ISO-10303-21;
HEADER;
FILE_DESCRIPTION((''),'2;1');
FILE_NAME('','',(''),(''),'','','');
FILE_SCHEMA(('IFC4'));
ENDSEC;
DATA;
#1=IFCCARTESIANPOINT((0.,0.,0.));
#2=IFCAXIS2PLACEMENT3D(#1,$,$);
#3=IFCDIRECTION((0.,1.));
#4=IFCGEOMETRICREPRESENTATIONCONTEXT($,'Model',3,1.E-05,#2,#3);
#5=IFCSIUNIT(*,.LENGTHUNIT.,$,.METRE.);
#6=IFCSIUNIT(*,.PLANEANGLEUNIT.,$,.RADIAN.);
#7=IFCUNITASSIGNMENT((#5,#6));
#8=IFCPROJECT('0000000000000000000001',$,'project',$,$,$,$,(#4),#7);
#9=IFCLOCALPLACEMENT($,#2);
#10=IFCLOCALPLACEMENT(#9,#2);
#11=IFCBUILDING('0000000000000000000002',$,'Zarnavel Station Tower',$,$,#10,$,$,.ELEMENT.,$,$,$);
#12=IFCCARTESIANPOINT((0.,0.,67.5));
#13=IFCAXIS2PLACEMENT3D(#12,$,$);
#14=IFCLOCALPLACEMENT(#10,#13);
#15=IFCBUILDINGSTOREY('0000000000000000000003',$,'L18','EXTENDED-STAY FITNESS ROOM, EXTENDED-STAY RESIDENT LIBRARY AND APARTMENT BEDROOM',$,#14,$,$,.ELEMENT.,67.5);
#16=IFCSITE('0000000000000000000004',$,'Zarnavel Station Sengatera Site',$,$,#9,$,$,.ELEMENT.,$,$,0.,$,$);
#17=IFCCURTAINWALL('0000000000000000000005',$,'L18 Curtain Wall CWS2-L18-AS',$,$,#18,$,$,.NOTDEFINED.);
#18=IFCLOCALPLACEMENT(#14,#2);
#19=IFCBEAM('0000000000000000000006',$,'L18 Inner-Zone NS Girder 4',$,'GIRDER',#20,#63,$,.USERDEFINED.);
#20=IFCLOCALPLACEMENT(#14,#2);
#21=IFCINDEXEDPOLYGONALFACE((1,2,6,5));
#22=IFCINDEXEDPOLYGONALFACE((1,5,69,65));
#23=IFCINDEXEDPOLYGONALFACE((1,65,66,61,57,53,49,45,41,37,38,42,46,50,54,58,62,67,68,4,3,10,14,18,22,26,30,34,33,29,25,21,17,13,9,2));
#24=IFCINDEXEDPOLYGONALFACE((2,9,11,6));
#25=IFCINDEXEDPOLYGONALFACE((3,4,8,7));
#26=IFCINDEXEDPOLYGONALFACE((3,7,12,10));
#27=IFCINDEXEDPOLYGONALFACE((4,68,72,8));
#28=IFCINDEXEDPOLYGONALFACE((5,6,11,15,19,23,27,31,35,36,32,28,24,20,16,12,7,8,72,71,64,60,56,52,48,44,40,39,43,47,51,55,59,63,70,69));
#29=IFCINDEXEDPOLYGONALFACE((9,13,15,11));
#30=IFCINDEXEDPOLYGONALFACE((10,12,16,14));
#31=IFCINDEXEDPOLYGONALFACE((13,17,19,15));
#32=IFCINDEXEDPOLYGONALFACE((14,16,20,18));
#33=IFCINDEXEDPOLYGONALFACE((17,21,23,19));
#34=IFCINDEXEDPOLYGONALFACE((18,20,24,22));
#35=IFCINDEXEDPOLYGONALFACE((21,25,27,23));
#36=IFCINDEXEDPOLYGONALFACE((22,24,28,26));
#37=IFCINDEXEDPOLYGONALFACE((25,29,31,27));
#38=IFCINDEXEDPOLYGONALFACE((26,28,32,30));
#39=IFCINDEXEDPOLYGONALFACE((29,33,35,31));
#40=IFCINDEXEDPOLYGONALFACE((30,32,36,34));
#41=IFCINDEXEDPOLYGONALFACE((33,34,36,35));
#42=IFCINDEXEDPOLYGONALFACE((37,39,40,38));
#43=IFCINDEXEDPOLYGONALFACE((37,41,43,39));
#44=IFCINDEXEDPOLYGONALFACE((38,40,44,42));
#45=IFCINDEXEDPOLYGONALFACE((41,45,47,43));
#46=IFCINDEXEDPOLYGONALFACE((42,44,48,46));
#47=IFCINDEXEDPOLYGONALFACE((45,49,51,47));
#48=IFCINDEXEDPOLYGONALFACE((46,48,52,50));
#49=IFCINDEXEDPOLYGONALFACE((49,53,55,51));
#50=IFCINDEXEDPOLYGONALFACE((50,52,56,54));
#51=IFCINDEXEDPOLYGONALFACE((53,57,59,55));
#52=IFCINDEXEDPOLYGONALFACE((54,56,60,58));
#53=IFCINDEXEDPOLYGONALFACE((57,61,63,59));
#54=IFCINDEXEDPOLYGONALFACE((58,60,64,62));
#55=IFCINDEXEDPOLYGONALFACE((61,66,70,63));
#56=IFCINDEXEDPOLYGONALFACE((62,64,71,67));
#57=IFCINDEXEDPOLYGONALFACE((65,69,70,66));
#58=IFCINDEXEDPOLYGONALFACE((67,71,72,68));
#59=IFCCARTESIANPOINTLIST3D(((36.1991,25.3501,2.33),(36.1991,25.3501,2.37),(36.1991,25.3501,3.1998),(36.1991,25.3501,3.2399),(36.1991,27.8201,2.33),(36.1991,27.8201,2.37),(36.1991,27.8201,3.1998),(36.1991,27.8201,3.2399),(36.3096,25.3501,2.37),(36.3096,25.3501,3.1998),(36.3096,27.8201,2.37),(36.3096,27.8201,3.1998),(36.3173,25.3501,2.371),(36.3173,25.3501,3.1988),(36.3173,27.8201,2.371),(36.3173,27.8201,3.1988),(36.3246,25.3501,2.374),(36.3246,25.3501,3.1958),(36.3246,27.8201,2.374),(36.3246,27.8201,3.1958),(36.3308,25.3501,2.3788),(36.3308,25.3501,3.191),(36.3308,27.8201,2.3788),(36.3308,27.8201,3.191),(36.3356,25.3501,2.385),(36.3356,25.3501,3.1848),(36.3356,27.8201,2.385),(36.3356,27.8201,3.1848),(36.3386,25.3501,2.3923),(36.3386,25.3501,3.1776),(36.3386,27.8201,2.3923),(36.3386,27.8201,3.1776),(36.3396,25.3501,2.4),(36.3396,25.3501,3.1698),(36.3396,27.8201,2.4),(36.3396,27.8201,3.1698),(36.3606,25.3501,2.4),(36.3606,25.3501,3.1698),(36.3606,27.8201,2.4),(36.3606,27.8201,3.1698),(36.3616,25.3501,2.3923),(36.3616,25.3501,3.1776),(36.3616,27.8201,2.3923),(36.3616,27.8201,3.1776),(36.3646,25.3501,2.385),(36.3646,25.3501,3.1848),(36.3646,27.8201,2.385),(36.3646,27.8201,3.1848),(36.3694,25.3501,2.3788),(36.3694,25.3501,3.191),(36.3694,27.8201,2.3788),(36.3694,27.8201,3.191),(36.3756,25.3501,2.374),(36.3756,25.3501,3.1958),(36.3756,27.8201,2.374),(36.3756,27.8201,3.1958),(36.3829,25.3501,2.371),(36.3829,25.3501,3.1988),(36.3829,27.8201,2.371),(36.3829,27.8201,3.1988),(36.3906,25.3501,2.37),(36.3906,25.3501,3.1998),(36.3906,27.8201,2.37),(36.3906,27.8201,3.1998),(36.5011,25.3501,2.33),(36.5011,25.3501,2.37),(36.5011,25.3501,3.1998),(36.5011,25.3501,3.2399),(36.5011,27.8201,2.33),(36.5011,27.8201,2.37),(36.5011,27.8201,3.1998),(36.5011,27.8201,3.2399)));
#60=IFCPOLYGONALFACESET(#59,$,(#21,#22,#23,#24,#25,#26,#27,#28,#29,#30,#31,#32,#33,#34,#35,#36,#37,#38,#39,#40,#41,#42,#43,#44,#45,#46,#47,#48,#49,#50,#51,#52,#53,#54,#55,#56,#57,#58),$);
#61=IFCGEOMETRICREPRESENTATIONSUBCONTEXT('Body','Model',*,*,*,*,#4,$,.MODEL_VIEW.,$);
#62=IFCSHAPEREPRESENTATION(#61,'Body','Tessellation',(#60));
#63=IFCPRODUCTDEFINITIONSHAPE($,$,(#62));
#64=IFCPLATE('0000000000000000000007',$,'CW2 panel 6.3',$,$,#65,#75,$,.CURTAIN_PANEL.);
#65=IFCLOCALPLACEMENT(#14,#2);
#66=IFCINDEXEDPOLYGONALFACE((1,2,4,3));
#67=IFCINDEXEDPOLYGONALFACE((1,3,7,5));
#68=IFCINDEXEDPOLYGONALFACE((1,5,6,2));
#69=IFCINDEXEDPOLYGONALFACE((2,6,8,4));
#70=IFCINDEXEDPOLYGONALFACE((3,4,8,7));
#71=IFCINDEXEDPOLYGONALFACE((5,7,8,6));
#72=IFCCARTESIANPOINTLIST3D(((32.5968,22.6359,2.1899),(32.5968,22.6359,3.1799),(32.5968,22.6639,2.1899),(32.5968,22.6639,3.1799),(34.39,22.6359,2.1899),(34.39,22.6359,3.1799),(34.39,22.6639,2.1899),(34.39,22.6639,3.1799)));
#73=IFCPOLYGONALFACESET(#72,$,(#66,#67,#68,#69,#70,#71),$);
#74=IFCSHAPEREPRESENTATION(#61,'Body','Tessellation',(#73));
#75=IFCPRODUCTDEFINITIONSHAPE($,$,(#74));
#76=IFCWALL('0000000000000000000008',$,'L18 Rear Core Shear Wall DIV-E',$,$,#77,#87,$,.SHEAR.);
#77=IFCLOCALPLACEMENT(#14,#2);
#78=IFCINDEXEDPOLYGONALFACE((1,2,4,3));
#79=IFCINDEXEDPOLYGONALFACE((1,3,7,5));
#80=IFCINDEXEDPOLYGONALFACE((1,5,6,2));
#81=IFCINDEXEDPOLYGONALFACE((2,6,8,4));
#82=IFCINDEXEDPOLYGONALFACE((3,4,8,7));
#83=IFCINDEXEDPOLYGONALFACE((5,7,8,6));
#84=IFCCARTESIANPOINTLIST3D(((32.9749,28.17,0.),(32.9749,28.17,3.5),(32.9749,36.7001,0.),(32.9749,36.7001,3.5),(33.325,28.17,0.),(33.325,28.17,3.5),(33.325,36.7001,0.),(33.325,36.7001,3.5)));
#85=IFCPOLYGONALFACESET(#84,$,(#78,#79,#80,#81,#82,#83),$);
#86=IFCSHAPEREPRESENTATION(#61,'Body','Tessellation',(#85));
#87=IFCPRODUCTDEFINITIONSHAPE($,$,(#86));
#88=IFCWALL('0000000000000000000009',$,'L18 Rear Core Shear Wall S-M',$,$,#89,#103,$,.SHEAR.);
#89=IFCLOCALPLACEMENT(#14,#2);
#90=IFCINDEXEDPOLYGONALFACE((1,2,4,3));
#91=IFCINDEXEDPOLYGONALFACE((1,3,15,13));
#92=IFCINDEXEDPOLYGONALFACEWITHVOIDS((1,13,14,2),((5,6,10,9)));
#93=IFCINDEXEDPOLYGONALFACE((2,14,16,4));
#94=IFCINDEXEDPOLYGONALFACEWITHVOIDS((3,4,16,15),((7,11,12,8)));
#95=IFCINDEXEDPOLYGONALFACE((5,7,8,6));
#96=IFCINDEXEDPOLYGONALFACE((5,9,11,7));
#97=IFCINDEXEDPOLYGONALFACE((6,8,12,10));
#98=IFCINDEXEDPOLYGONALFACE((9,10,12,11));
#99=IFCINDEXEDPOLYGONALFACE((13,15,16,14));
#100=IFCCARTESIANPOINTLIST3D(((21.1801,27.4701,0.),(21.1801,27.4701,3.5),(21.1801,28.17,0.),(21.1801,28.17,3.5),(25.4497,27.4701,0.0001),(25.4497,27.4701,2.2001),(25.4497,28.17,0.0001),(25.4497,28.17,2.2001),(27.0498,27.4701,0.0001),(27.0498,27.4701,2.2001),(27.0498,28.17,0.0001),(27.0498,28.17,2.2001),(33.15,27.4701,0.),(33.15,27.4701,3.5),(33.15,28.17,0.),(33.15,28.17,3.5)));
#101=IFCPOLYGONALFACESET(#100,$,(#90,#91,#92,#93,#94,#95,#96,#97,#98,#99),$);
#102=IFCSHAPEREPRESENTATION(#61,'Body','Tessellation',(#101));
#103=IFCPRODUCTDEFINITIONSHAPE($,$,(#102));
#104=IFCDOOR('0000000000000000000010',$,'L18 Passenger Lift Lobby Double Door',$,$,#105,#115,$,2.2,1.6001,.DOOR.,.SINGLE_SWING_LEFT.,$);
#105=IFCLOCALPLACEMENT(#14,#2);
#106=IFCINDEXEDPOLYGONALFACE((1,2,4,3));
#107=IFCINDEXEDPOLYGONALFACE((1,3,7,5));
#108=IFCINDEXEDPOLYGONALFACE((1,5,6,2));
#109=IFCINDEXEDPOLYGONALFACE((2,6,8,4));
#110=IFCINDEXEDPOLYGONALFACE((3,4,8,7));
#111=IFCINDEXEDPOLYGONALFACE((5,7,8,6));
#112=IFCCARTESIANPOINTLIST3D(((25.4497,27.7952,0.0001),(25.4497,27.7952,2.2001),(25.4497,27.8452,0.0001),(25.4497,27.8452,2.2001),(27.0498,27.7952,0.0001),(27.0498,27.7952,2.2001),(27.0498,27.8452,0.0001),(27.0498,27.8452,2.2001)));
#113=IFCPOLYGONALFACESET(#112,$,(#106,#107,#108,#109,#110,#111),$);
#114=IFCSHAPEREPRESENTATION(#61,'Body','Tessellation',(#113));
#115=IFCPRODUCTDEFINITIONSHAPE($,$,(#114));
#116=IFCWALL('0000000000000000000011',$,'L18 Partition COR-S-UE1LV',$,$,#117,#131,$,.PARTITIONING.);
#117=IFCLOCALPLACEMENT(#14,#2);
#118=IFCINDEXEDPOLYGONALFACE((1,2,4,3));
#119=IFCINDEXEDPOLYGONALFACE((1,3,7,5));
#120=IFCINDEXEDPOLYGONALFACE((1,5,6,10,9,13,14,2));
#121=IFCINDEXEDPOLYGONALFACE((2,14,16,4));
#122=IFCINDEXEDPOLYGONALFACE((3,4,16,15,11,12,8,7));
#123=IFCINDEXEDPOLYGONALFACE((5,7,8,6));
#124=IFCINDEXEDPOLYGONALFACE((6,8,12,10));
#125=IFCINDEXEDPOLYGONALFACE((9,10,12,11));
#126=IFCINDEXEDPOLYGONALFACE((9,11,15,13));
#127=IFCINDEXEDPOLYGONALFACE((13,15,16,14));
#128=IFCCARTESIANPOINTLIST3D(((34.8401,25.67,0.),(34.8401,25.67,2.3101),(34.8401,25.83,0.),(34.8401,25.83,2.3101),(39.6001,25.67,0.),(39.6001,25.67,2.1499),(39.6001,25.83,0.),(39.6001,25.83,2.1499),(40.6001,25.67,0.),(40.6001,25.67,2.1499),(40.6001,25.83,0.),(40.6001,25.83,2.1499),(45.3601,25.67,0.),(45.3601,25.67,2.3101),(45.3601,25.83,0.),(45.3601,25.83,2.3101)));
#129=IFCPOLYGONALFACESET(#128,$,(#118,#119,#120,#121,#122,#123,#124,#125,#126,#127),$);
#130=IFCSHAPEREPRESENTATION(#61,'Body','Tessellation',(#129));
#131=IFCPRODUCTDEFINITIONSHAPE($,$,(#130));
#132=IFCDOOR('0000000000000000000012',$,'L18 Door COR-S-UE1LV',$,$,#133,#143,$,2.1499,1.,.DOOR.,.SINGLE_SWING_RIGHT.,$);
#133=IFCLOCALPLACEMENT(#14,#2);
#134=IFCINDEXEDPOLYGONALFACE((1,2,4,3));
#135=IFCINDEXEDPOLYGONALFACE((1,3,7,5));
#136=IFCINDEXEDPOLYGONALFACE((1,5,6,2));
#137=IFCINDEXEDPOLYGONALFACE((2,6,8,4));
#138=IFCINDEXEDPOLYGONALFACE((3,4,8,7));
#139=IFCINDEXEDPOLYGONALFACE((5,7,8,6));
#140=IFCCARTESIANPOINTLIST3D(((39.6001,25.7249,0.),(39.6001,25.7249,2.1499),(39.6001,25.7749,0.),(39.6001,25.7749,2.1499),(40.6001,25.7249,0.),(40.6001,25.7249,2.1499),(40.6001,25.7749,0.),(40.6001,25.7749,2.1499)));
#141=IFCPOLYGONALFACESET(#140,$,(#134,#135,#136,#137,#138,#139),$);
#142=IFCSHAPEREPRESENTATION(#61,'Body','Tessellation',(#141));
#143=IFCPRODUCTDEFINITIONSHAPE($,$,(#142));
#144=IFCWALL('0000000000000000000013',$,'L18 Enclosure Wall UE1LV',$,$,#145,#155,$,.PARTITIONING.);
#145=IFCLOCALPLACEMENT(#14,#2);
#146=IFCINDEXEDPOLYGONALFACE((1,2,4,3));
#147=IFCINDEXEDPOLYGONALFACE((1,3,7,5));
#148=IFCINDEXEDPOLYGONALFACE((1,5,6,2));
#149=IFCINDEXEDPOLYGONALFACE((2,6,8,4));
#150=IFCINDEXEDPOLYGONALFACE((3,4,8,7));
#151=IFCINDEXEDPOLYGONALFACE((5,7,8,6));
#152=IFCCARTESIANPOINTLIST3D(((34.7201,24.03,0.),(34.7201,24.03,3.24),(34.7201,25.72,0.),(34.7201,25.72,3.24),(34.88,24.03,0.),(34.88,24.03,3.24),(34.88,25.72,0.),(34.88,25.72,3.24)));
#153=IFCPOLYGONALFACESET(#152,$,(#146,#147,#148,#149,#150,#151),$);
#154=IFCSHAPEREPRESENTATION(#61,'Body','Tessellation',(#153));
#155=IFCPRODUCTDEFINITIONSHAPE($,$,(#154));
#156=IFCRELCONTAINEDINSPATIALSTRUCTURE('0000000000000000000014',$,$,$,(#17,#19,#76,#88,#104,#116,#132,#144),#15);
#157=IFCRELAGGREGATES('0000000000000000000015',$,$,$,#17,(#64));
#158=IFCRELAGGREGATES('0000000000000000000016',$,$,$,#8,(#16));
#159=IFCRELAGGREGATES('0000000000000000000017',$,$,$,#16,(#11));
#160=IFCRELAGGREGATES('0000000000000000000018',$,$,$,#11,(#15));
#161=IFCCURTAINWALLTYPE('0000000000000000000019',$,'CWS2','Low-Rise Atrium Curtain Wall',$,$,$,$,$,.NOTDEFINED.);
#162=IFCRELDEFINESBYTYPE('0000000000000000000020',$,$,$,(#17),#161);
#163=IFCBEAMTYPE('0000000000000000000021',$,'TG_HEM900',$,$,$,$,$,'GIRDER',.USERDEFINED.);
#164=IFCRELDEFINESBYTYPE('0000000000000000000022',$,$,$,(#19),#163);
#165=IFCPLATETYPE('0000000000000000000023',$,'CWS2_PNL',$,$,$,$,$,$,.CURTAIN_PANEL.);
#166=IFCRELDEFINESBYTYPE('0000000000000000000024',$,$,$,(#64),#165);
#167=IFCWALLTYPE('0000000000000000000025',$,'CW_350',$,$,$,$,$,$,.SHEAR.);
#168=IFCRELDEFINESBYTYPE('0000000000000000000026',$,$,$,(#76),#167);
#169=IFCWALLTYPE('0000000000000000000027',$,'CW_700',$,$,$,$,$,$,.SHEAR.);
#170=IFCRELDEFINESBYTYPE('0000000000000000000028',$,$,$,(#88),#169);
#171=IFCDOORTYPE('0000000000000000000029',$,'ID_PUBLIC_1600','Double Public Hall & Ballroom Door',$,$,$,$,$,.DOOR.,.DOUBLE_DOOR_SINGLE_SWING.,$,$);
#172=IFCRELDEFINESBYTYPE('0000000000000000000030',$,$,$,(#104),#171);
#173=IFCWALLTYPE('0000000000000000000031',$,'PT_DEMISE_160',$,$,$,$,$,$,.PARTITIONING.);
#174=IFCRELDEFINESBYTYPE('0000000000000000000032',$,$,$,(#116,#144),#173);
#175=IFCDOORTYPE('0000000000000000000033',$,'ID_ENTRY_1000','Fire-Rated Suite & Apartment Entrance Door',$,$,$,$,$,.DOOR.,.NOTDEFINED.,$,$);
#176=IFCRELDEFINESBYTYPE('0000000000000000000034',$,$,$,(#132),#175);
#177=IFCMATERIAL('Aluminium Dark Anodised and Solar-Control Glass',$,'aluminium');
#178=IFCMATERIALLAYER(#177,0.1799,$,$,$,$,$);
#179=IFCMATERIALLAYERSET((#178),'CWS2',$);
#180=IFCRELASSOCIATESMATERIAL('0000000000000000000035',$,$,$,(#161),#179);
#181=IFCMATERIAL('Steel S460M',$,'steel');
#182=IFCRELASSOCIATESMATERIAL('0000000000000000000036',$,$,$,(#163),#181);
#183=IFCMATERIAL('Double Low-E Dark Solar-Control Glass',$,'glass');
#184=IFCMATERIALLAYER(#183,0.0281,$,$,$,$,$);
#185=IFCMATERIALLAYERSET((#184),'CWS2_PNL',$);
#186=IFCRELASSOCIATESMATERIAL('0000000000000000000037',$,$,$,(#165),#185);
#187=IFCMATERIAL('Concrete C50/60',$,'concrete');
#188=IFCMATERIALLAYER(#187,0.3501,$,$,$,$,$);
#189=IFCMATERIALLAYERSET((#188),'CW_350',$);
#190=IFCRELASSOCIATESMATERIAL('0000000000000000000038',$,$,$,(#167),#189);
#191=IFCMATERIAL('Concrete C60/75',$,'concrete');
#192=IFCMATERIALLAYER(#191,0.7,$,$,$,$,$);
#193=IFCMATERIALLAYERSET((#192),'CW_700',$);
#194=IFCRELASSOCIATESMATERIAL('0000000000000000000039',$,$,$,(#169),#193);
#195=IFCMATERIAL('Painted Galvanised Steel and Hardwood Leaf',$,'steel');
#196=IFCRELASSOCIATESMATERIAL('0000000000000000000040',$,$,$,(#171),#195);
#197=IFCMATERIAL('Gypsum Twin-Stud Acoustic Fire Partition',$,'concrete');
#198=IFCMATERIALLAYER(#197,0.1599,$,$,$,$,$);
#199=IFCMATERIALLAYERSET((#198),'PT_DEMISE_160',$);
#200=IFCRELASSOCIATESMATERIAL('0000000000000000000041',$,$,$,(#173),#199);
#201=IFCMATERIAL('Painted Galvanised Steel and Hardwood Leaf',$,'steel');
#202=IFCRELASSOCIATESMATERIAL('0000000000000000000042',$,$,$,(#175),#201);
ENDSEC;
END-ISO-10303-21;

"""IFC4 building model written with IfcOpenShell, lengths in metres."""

from ifc_helpers import new_model, si_unit, direction, frame, frame_2d, origin, origin_2d, place, context, subcontext, project, spatial, rectangle, i_section, extrude, material, layer, layer_set, material_profile, profile_set, type_object, element, fill, aggregate, save


model = new_model("IFC4")

# Units and contexts
model_context = context("Model", 3, precision=1e-05, world=origin(), true_north=direction((0.0, 1.0)))
body_context = subcontext(model_context, "Body", "Model", "MODEL_VIEW")
ifc_project = project(units=[si_unit("LENGTHUNIT", "METRE"), si_unit("PLANEANGLEUNIT", "RADIAN")], contexts=[model_context])

# Site, building, storey
site_placement = place(None, origin())
site = spatial("IfcSite", under=ifc_project, at=site_placement, Name="Zarnavel Station Sengatera Site", CompositionType="ELEMENT", RefElevation=0.0)
building_placement = place(site_placement, origin())
building = spatial("IfcBuilding", under=site, at=building_placement, Name="Zarnavel Station Tower", CompositionType="ELEMENT")
storey_placement = place(building_placement, frame((0.0, 0.0, 67.5)))
storey = spatial("IfcBuildingStorey", under=building, at=storey_placement, Name="L18", Description="EXTENDED-STAY FITNESS ROOM, EXTENDED-STAY RESIDENT LIBRARY AND APARTMENT BEDROOM", CompositionType="ELEMENT", Elevation=67.5)

# Curtain wall
ifc_material_1 = material(Name="Aluminium Dark Anodised and Solar-Control Glass", Category="aluminium")
ifc_layer_1 = layer(ifc_material_1, 0.1799)
ifc_layer_set_1 = layer_set([ifc_layer_1], Name="CWS2")
curtain_wall_type = type_object("IfcCurtainWallType", Name="CWS2", Description="Low-Rise Atrium Curtain Wall", PredefinedType="NOTDEFINED", material=ifc_layer_set_1)
curtain_wall_placement = place(storey_placement, origin())
curtain_wall = element("IfcCurtainWall", 1, at=curtain_wall_placement, inside=storey, type_object=curtain_wall_type, Name="L18 Curtain Wall CWS2-L18-AS", PredefinedType="NOTDEFINED")

# Beam
ifc_material_2 = material(Name="Steel S460M", Category="steel")
ifc_material_profile_1 = material_profile(ifc_material_2, i_section(OverallWidth=0.302, OverallDepth=0.9099, WebThickness=0.021, FlangeThickness=0.04, FilletRadius=0.03, at=origin_2d()), Name="HEM900")
ifc_profile_set_1 = profile_set([ifc_material_profile_1], Name="Steel S460M")
beam_type_1 = type_object("IfcBeamType", Name="TG_HEM900", ElementType="GIRDER", PredefinedType="USERDEFINED", material=ifc_profile_set_1)
beam_1_placement = place(storey_placement, frame((36.3501, 25.3501, 2.7849), z_axis=(0.0, 1.0, 0.0), x_axis=(-1.0, 0.0, 0.0)))
element("IfcBeam", 2, at=beam_1_placement, inside=storey, type_object=beam_type_1, Name="L18 Inner-Zone NS Girder 4", ObjectType="GIRDER", PredefinedType="USERDEFINED", context=body_context, shape_type="SweptSolid", body=[
    extrude(i_section(OverallWidth=0.302, OverallDepth=0.9099, WebThickness=0.021, FlangeThickness=0.04, FilletRadius=0.03, at=origin_2d()), origin(), (0.0, 0.0, 1.0), 2.47),
])

# Plate
ifc_material_3 = material(Name="Double Low-E Dark Solar-Control Glass", Category="glass")
ifc_layer_2 = layer(ifc_material_3, 0.0281)
ifc_layer_set_2 = layer_set([ifc_layer_2], Name="CWS2_PNL")
plate_type = type_object("IfcPlateType", Name="CWS2_PNL", PredefinedType="CURTAIN_PANEL", material=ifc_layer_set_2)
plate_placement = place(storey_placement, frame((33.4934, 22.6499, 2.1899), z_axis=(0.0, 0.0, 1.0), x_axis=(1.0, 0.0, 0.0)))
plate = element("IfcPlate", 3, at=plate_placement, type_object=plate_type, Name="CW2 panel 6.3", PredefinedType="CURTAIN_PANEL", context=body_context, shape_type="SweptSolid", body=[
    extrude(rectangle(XDim=1.7932, YDim=0.0281, at=origin_2d()), origin(), (0.0, 0.0, 1.0), 0.99),
])
aggregate(curtain_wall, [plate])

# Wall
ifc_material_4 = material(Name="Concrete C50/60", Category="concrete")
ifc_layer_3 = layer(ifc_material_4, 0.3501)
ifc_layer_set_3 = layer_set([ifc_layer_3], Name="CW_350")
wall_type_1 = type_object("IfcWallType", Name="CW_350", PredefinedType="SHEAR", material=ifc_layer_set_3)
wall_1_placement = place(storey_placement, frame((33.1499, 28.1699, 0.0), z_axis=(0.0, 0.0, 1.0), x_axis=(0.0, 1.0, 0.0)))
element("IfcWall", 4, at=wall_1_placement, inside=storey, type_object=wall_type_1, Name="L18 Rear Core Shear Wall DIV-E", PredefinedType="SHEAR", context=body_context, shape_type="SweptSolid", body=[
    extrude(rectangle(XDim=8.53, YDim=0.3501, at=frame_2d((4.2651, 0.0))), origin(), (0.0, 0.0, 1.0), 3.5),
])

# Walls, openings, doors
ifc_material_5 = material(Name="Concrete C60/75", Category="concrete")
ifc_layer_4 = layer(ifc_material_5, 0.7)
ifc_layer_set_4 = layer_set([ifc_layer_4], Name="CW_700")
wall_type_2 = type_object("IfcWallType", Name="CW_700", PredefinedType="SHEAR", material=ifc_layer_set_4)
wall_2_placement = place(storey_placement, frame((33.1499, 27.8201, 0.0), z_axis=(0.0, 0.0, 1.0), x_axis=(-1.0, 0.0, 0.0)))
wall_2 = element("IfcWall", 5, at=wall_2_placement, inside=storey, type_object=wall_type_2, Name="L18 Rear Core Shear Wall S-M", PredefinedType="SHEAR", context=body_context, shape_type="SweptSolid", body=[
    extrude(rectangle(XDim=11.97, YDim=0.7, at=frame_2d((5.9849, 0.0))), origin(), (0.0, 0.0, 1.0), 3.5),
])
opening_1_placement = place(wall_2_placement, frame((6.1001, 0.0, 0.0)))
opening_1 = element("IfcOpeningElement", 6, at=opening_1_placement, cuts=wall_2, PredefinedType="OPENING", context=body_context, shape_type="SweptSolid", body=[
    extrude(rectangle(XDim=1.6001, YDim=2.2, at=frame_2d((0.8, 1.1001))), frame((0.0, 0.3599, 0.0), z_axis=(0.0, -1.0, 0.0), x_axis=(1.0, 0.0, 0.0)), (0.0, 0.0, 1.0), 0.72),
])
ifc_material_6 = material(Name="Painted Galvanised Steel and Hardwood Leaf", Category="steel")
door_type_1 = type_object("IfcDoorType", Name="ID_PUBLIC_1600", Description="Double Public Hall & Ballroom Door", OperationType="DOUBLE_DOOR_SINGLE_SWING", PredefinedType="DOOR", material=ifc_material_6)
door_1_placement = place(opening_1_placement, origin())
door_1 = element("IfcDoor", 7, at=door_1_placement, inside=storey, type_object=door_type_1, Name="L18 Passenger Lift Lobby Double Door", OperationType="SINGLE_SWING_LEFT", OverallHeight=2.2, OverallWidth=1.6001, PredefinedType="DOOR", context=body_context, shape_type="SweptSolid", body=[
    extrude(rectangle(XDim=1.6001, YDim=2.2, at=frame_2d((0.8, 1.1001))), frame((0.0, 0.0249, 0.0), z_axis=(0.0, -1.0, 0.0), x_axis=(1.0, 0.0, 0.0)), (0.0, 0.0, 1.0), 0.05),
])
fill(opening_1, door_1)
ifc_material_7 = material(Name="Gypsum Twin-Stud Acoustic Fire Partition", Category="concrete")
ifc_layer_5 = layer(ifc_material_7, 0.1599)
ifc_layer_set_5 = layer_set([ifc_layer_5], Name="PT_DEMISE_160")
wall_type_3 = type_object("IfcWallType", Name="PT_DEMISE_160", PredefinedType="PARTITIONING", material=ifc_layer_set_5)
wall_3_placement = place(storey_placement, frame((34.8401, 25.75, 0.0), z_axis=(0.0, 0.0, 1.0), x_axis=(1.0, 0.0, 0.0)))
wall_3 = element("IfcWall", 8, at=wall_3_placement, inside=storey, type_object=wall_type_3, Name="L18 Partition COR-S-UE1LV", PredefinedType="PARTITIONING", context=body_context, shape_type="SweptSolid", body=[
    extrude(rectangle(XDim=10.52, YDim=0.1599, at=frame_2d((5.26, 0.0))), origin(), (0.0, 0.0, 1.0), 2.3101),
])
opening_2_placement = place(wall_3_placement, frame((4.76, 0.0, 0.0)))
opening_2 = element("IfcOpeningElement", 9, at=opening_2_placement, cuts=wall_3, PredefinedType="OPENING", context=body_context, shape_type="SweptSolid", body=[
    extrude(rectangle(XDim=1.0, YDim=2.1499, at=frame_2d((0.5, 1.075))), frame((0.0, 0.0898, 0.0), z_axis=(0.0, -1.0, 0.0), x_axis=(1.0, 0.0, 0.0)), (0.0, 0.0, 1.0), 0.1799),
])
ifc_material_8 = material(Name="Painted Galvanised Steel and Hardwood Leaf", Category="steel")
door_type_2 = type_object("IfcDoorType", Name="ID_ENTRY_1000", Description="Fire-Rated Suite & Apartment Entrance Door", OperationType="NOTDEFINED", PredefinedType="DOOR", material=ifc_material_8)
door_2_placement = place(opening_2_placement, origin())
door_2 = element("IfcDoor", 10, at=door_2_placement, inside=storey, type_object=door_type_2, Name="L18 Door COR-S-UE1LV", OperationType="SINGLE_SWING_RIGHT", OverallHeight=2.1499, OverallWidth=1.0, PredefinedType="DOOR", context=body_context, shape_type="SweptSolid", body=[
    extrude(rectangle(XDim=1.0, YDim=2.1499, at=frame_2d((0.5, 1.075))), frame((0.0, 0.0249, 0.0), z_axis=(0.0, -1.0, 0.0), x_axis=(1.0, 0.0, 0.0)), (0.0, 0.0, 1.0), 0.05),
])
fill(opening_2, door_2)

# Wall
wall_4_placement = place(storey_placement, frame((34.8, 24.03, 0.0), z_axis=(0.0, 0.0, 1.0), x_axis=(0.0, 1.0, 0.0)))
element("IfcWall", 11, at=wall_4_placement, inside=storey, type_object=wall_type_3, Name="L18 Enclosure Wall UE1LV", PredefinedType="PARTITIONING", context=body_context, shape_type="SweptSolid", body=[
    extrude(rectangle(XDim=1.6899, YDim=0.1599, at=frame_2d((0.845, 0.0))), origin(), (0.0, 0.0, 1.0), 3.24),
])

save(model, "model.ifc")
